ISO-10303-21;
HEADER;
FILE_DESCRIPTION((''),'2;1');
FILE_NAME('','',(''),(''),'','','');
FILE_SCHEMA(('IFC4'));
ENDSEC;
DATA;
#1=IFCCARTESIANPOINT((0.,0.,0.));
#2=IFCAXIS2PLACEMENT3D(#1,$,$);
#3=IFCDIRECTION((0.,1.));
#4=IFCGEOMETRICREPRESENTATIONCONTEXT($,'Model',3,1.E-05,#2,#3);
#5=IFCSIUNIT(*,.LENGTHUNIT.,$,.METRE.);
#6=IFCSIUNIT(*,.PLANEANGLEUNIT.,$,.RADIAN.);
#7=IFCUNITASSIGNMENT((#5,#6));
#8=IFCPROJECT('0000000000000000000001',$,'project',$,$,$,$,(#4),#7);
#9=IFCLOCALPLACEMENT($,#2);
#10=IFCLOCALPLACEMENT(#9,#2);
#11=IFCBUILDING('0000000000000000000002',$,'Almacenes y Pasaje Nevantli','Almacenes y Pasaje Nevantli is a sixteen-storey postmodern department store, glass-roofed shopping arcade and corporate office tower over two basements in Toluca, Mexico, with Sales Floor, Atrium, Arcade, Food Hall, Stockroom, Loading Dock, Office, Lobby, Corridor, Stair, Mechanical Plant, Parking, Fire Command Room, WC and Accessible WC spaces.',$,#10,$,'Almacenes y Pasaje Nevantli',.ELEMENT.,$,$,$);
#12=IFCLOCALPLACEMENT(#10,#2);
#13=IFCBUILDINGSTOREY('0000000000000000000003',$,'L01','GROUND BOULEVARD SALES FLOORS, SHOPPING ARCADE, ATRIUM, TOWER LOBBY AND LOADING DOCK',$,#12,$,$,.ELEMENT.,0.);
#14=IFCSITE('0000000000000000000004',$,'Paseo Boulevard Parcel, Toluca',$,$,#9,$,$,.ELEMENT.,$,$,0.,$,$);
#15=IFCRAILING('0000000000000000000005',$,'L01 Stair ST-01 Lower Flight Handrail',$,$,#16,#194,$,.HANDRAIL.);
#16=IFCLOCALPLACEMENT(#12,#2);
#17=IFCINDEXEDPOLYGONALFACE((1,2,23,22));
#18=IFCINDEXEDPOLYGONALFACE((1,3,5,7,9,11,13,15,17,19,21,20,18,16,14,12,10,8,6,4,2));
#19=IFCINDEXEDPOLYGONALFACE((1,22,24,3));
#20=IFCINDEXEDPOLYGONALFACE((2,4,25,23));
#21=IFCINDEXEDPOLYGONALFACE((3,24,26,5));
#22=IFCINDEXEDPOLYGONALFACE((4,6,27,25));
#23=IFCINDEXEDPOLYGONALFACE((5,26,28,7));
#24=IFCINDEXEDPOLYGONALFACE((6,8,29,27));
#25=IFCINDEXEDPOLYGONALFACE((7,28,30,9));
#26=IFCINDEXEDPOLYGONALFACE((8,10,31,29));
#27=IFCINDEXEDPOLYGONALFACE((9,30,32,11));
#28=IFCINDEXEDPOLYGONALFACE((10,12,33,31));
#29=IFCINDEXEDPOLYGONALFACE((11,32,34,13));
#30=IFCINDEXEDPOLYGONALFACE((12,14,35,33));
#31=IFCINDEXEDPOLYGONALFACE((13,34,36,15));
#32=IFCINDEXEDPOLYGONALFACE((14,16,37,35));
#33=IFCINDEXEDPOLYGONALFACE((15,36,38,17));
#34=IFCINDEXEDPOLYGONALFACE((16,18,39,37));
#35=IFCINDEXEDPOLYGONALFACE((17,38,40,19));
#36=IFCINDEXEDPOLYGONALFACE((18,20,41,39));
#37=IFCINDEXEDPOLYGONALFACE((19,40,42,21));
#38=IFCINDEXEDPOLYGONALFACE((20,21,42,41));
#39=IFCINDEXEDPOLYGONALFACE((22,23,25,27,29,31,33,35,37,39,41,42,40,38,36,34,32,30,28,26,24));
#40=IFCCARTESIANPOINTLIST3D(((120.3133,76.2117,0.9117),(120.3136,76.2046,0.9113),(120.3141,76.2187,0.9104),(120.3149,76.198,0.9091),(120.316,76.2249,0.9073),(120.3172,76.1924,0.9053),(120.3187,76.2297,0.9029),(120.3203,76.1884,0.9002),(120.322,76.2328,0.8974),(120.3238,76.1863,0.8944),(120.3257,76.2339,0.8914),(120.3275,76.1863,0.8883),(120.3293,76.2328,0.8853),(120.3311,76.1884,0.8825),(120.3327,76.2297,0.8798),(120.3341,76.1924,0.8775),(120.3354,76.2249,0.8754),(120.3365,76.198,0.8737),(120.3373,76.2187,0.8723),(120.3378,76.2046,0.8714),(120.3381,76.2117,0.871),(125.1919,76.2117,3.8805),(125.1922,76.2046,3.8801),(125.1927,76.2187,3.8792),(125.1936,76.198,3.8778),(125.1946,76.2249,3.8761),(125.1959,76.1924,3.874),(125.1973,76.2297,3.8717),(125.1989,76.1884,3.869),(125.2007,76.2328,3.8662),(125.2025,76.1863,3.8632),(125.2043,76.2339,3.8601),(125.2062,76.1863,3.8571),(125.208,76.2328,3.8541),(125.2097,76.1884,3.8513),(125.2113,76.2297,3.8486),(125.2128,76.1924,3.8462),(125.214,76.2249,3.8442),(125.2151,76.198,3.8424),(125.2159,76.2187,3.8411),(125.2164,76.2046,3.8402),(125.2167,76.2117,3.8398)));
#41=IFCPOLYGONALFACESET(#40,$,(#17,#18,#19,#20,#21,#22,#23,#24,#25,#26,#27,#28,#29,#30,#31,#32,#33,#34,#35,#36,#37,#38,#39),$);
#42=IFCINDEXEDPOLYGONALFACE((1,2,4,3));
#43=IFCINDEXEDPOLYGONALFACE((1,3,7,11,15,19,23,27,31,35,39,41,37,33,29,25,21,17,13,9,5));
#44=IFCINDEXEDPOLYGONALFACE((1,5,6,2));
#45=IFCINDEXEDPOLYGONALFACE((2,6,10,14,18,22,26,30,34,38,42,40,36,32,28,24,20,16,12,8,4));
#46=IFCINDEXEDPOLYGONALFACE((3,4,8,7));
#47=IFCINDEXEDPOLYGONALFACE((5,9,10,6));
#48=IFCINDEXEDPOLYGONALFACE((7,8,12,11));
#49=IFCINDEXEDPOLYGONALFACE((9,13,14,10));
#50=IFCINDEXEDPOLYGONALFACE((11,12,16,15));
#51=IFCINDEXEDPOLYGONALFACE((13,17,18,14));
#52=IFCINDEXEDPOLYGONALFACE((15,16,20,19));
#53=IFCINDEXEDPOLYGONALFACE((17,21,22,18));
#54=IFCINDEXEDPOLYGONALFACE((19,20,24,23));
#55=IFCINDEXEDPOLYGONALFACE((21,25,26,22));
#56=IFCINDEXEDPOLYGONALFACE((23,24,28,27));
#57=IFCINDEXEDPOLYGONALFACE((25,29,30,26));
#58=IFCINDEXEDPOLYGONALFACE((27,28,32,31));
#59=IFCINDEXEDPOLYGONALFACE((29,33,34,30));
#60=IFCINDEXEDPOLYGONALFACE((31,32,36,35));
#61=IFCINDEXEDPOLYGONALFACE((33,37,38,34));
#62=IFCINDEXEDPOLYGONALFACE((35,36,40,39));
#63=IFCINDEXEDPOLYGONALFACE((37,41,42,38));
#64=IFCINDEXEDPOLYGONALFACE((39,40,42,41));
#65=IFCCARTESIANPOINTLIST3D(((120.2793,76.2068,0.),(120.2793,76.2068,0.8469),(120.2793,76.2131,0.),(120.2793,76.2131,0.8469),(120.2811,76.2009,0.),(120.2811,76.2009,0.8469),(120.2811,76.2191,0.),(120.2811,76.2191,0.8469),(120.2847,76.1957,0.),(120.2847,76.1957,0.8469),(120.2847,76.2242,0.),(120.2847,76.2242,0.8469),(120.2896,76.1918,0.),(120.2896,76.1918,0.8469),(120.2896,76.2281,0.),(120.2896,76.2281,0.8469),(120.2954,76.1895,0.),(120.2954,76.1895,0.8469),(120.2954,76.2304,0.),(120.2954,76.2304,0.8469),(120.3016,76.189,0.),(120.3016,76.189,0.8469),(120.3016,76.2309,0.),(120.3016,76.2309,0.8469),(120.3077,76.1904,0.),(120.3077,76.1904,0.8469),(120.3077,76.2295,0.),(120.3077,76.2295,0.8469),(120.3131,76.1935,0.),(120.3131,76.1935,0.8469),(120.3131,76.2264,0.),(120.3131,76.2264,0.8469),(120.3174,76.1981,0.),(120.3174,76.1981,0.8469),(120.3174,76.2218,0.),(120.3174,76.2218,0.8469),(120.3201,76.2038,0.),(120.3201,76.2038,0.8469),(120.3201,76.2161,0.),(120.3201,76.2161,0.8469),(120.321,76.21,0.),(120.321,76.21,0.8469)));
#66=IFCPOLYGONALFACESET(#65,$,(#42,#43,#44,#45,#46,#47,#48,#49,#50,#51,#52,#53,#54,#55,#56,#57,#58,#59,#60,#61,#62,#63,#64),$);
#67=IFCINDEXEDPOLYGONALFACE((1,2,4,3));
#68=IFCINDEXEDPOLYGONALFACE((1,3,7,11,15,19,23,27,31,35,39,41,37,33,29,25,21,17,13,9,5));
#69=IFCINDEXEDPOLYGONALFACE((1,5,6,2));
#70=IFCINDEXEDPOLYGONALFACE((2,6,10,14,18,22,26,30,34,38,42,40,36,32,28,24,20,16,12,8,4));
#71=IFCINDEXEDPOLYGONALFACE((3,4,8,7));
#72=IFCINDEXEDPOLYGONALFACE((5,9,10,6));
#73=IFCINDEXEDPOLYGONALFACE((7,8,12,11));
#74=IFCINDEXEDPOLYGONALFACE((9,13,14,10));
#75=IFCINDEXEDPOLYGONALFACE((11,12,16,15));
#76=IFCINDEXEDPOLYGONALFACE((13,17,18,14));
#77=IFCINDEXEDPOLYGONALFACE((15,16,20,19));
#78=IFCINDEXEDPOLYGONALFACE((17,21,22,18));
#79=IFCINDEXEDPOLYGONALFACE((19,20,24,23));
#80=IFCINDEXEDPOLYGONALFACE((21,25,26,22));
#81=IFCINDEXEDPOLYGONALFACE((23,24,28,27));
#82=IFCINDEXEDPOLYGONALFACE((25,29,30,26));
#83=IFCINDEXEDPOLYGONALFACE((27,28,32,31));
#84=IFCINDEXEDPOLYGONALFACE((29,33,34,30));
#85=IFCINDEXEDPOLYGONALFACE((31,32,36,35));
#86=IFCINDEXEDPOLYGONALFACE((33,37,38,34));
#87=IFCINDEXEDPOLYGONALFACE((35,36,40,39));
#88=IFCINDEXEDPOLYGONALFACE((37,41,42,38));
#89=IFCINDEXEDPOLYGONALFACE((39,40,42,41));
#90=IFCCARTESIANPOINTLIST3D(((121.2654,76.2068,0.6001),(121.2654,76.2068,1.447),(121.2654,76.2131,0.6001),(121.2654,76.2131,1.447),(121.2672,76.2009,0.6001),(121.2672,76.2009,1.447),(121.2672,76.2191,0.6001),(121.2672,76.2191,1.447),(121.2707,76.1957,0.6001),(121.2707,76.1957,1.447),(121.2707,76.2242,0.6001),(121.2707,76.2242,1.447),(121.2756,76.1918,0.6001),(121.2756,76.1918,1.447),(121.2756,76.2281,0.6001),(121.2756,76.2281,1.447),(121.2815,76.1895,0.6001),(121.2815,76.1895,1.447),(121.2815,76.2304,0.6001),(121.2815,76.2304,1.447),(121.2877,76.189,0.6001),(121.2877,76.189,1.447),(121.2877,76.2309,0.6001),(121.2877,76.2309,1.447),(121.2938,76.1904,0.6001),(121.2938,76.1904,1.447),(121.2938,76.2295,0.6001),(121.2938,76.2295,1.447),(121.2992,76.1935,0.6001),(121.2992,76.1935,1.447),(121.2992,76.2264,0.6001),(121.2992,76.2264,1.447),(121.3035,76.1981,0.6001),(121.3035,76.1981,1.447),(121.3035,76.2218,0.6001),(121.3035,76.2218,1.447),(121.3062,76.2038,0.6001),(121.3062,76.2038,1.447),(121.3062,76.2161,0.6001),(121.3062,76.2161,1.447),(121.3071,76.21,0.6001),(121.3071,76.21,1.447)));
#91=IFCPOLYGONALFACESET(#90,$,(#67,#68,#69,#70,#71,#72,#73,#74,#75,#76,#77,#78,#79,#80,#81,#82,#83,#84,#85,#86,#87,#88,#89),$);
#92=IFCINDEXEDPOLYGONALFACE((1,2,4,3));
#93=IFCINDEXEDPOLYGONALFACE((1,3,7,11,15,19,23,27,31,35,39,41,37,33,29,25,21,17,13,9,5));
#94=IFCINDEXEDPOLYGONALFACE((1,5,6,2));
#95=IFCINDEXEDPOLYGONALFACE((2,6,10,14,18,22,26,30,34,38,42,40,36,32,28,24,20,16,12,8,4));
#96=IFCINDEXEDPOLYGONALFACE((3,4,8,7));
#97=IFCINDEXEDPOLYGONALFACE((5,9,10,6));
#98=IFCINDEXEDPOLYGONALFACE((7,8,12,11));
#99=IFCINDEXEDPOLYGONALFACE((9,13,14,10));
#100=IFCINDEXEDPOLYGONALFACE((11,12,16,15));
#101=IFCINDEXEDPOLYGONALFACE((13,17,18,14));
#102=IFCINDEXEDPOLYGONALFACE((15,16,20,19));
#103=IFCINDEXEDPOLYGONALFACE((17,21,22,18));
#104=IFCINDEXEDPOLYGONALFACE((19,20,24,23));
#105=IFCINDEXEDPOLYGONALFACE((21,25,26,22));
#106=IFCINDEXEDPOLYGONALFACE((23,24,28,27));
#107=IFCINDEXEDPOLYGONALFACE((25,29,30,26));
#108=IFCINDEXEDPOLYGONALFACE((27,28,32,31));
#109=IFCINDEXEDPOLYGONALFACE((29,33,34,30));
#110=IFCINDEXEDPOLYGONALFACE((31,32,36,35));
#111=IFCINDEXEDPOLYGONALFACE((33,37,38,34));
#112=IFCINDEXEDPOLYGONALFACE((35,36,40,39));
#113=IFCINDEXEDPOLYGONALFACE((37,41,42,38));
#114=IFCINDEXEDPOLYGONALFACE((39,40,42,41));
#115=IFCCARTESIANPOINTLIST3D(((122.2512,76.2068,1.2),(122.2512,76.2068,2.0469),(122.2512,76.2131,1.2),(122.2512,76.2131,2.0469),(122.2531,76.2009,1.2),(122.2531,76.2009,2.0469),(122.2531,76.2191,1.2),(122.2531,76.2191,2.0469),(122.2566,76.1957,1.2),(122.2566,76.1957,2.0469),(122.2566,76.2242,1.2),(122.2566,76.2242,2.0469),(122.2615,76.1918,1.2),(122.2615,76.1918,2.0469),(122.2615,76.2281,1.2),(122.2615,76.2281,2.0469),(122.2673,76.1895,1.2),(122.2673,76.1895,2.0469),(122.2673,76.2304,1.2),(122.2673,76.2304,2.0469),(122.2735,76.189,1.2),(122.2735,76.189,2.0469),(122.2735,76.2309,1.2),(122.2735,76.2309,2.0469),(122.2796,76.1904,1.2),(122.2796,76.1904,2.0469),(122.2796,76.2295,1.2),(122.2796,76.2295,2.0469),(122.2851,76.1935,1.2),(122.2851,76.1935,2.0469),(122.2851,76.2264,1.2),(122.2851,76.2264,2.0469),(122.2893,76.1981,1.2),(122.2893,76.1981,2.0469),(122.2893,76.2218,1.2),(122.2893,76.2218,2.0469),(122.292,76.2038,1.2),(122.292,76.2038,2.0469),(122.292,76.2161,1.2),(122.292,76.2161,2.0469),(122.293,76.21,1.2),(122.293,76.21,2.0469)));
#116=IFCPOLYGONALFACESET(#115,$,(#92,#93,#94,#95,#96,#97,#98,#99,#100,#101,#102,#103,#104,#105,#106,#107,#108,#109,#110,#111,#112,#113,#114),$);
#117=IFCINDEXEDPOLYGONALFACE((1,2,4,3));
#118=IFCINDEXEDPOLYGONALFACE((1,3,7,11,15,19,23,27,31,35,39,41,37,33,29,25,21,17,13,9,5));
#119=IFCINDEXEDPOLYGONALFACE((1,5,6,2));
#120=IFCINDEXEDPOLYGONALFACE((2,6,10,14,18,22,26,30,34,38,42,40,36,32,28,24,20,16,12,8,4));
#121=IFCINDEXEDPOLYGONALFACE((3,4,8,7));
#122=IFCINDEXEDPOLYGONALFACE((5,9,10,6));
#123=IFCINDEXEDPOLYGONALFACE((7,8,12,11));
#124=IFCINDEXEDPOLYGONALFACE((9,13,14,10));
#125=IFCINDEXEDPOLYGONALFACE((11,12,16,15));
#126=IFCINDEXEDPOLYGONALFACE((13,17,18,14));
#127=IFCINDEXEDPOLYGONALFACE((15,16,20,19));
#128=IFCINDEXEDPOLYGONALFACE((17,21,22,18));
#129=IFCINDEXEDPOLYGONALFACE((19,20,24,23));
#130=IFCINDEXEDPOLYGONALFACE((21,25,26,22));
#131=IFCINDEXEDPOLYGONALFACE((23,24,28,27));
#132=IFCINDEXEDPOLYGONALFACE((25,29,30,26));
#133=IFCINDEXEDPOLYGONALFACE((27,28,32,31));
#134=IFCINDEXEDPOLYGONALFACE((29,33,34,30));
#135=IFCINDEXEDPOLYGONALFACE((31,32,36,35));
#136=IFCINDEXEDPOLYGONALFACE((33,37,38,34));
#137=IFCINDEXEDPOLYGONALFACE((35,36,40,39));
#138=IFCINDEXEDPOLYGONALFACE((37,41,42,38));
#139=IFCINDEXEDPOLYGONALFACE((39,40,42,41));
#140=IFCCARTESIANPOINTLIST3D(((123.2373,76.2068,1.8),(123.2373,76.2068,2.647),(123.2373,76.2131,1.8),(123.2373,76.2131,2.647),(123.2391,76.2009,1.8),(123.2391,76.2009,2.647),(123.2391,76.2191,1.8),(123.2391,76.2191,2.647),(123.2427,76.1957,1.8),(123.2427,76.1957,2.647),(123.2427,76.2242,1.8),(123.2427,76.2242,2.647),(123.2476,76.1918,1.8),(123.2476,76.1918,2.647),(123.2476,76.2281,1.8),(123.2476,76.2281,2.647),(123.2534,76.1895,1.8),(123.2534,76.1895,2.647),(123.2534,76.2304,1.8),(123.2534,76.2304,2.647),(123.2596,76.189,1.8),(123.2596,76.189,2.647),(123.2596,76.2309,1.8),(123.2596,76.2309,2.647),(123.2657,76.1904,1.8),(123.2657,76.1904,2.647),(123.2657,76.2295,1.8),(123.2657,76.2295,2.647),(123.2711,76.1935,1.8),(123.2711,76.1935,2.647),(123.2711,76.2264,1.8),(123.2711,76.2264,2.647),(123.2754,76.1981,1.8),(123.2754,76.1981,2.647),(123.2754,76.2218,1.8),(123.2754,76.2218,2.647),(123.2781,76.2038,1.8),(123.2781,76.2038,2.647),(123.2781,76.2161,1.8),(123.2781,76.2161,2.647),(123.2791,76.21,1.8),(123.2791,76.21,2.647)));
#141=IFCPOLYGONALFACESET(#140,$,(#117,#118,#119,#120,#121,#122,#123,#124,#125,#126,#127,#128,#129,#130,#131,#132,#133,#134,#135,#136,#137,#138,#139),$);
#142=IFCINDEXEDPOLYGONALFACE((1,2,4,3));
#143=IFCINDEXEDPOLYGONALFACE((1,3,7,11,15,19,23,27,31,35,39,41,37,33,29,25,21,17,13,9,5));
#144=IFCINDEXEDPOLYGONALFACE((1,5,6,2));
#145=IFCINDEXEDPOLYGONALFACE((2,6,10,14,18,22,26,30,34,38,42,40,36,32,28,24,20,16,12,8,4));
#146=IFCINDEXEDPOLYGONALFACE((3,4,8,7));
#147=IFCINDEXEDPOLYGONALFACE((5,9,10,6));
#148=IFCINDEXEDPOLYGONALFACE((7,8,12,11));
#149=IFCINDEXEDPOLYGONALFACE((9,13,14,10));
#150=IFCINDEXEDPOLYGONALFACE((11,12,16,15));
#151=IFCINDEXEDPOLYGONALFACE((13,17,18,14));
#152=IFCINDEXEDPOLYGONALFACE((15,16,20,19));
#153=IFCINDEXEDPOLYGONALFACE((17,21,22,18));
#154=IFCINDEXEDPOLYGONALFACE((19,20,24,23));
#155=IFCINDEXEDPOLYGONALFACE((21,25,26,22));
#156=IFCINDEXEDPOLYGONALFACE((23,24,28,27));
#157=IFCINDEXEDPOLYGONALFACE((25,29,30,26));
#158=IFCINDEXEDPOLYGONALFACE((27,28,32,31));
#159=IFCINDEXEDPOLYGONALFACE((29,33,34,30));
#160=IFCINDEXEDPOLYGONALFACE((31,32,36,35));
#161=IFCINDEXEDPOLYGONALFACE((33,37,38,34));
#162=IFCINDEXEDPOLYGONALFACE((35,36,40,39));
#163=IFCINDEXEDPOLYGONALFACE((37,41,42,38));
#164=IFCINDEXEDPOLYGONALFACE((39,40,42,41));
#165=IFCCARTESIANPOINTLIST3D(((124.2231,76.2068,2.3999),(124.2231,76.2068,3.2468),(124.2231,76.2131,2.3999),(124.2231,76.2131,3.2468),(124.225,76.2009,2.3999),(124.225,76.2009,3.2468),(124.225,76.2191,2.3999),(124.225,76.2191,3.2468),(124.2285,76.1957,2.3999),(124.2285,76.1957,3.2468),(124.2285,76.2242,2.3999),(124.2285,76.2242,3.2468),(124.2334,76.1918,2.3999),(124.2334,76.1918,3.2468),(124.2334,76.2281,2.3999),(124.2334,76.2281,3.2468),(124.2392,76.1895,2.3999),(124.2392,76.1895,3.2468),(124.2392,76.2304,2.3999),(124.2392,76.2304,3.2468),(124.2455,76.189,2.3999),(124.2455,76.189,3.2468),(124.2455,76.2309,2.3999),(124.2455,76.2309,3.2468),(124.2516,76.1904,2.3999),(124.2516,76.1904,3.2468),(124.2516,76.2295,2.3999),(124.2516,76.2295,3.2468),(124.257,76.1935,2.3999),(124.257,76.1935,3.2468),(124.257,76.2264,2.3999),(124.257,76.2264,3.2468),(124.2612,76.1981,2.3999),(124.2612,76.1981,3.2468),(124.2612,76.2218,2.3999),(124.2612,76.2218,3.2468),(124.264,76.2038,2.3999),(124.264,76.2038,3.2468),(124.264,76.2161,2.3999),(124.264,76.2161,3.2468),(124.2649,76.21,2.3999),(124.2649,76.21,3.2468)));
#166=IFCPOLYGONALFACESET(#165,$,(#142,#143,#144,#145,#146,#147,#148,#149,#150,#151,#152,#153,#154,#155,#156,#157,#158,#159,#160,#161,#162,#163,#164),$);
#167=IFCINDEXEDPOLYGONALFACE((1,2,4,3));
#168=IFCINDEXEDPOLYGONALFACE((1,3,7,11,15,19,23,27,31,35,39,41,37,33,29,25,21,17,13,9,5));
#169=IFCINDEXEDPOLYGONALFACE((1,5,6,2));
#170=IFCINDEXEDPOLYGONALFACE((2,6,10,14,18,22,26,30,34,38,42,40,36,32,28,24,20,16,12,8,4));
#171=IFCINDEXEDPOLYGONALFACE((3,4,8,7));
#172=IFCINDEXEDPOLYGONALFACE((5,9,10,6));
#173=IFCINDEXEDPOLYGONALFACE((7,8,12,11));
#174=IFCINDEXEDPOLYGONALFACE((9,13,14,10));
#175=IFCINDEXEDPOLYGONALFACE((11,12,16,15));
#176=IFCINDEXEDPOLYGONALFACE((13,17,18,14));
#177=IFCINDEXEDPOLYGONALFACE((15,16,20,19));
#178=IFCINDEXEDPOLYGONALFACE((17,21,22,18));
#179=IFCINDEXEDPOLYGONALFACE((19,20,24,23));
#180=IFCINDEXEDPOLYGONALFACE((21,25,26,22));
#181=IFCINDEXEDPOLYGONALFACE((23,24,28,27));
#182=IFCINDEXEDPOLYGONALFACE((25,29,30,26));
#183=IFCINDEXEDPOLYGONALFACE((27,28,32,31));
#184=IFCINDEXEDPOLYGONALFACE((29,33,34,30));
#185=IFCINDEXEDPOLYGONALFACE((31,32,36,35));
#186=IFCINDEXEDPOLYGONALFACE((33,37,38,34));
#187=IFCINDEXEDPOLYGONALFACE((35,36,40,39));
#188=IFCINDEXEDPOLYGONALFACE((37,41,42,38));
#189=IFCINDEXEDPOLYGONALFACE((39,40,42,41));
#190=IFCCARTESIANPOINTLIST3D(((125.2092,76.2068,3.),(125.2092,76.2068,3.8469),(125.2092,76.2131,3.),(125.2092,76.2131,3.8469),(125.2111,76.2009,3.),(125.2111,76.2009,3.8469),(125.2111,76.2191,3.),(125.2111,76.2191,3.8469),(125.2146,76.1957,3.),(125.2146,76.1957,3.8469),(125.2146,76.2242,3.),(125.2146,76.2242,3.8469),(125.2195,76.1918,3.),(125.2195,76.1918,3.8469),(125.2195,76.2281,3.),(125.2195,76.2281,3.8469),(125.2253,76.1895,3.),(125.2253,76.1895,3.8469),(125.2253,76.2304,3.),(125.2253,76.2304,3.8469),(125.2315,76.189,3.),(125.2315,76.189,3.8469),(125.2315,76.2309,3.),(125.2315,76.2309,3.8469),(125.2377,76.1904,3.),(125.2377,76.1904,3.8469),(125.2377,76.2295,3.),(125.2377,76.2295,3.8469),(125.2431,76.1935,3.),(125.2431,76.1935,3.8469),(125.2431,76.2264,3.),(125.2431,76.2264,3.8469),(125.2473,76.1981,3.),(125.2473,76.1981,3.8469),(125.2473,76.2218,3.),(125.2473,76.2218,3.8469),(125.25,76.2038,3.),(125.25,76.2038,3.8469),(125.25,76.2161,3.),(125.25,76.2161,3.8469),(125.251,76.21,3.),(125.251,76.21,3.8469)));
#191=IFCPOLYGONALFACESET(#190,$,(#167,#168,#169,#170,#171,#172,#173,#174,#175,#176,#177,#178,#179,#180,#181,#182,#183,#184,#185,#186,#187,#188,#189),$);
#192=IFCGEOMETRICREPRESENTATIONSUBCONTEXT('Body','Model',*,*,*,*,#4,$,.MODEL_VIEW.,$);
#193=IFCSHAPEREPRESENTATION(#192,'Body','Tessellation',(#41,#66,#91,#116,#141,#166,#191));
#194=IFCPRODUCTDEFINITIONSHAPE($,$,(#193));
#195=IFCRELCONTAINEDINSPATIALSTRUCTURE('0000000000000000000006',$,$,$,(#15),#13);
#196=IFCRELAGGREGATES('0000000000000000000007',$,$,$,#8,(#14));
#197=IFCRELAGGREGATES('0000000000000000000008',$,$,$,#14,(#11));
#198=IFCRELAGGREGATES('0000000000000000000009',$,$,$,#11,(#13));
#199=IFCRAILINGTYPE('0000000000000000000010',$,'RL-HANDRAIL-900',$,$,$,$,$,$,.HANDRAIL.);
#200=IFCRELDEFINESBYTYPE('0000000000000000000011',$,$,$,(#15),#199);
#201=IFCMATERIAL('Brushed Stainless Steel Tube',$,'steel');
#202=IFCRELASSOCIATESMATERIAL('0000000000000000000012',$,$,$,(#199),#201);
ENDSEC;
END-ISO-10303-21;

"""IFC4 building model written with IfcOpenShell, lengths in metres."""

from ifc_helpers import new_model, si_unit, direction, frame, origin, origin_2d, place, context, subcontext, project, spatial, circle, extrude, material, type_object, element, save


model = new_model("IFC4")

# Units and contexts
model_context = context("Model", 3, precision=1e-05, world=origin(), true_north=direction((0.0, 1.0)))
body_context = subcontext(model_context, "Body", "Model", "MODEL_VIEW")
ifc_project = project(units=[si_unit("LENGTHUNIT", "METRE"), si_unit("PLANEANGLEUNIT", "RADIAN")], contexts=[model_context])

# Site, building, storey
site_placement = place(None, origin())
site = spatial("IfcSite", under=ifc_project, at=site_placement, Name="Paseo Boulevard Parcel, Toluca", CompositionType="ELEMENT", RefElevation=0.0)
building_placement = place(site_placement, origin())
building = spatial("IfcBuilding", under=site, at=building_placement, Name="Almacenes y Pasaje Nevantli", Description="Almacenes y Pasaje Nevantli is a sixteen-storey postmodern department store, glass-roofed shopping arcade and corporate office tower over two basements in Toluca, Mexico, with Sales Floor, Atrium, Arcade, Food Hall, Stockroom, Loading Dock, Office, Lobby, Corridor, Stair, Mechanical Plant, Parking, Fire Command Room, WC and Accessible WC spaces.", LongName="Almacenes y Pasaje Nevantli", CompositionType="ELEMENT")
storey_placement = place(building_placement, origin())
storey = spatial("IfcBuildingStorey", under=building, at=storey_placement, Name="L01", Description="GROUND BOULEVARD SALES FLOORS, SHOPPING ARCADE, ATRIUM, TOWER LOBBY AND LOADING DOCK", CompositionType="ELEMENT", Elevation=0.0)

# Railing
ifc_material_1 = material(Name="Brushed Stainless Steel Tube", Category="steel")
railing_type = type_object("IfcRailingType", Name="RL-HANDRAIL-900", PredefinedType="HANDRAIL", material=ifc_material_1)
railing_placement = place(storey_placement, frame((120.3, 76.21, 0.0)))
element("IfcRailing", 1, at=railing_placement, inside=storey, type_object=railing_type, Name="L01 Stair ST-01 Lower Flight Handrail", PredefinedType="HANDRAIL", context=body_context, shape_type="SweptSolid", body=[
    extrude(circle(Radius=0.0239, at=origin_2d()), frame((0.0256, 0.0, 0.8914), z_axis=(0.854262, 0.0, 0.519842), x_axis=(0.0, 1.0, 0.0)), (0.0, 0.0, 1.0), 5.7109),
    extrude(circle(Radius=0.021, at=origin_2d()), origin(), (0.0, 0.0, 1.0), 0.8469),
    extrude(circle(Radius=0.021, at=origin_2d()), frame((0.9861, 0.0, 0.6001)), (0.0, 0.0, 1.0), 0.8469),
    extrude(circle(Radius=0.021, at=origin_2d()), frame((1.9719, 0.0, 1.2)), (0.0, 0.0, 1.0), 0.8469),
    extrude(circle(Radius=0.021, at=origin_2d()), frame((2.958, 0.0, 1.8)), (0.0, 0.0, 1.0), 0.8469),
    extrude(circle(Radius=0.021, at=origin_2d()), frame((3.9438, 0.0, 2.3999)), (0.0, 0.0, 1.0), 0.8469),
    extrude(circle(Radius=0.021, at=origin_2d()), frame((4.9299, 0.0, 3.0)), (0.0, 0.0, 1.0), 0.8469),
])

save(model, "model.ifc")
